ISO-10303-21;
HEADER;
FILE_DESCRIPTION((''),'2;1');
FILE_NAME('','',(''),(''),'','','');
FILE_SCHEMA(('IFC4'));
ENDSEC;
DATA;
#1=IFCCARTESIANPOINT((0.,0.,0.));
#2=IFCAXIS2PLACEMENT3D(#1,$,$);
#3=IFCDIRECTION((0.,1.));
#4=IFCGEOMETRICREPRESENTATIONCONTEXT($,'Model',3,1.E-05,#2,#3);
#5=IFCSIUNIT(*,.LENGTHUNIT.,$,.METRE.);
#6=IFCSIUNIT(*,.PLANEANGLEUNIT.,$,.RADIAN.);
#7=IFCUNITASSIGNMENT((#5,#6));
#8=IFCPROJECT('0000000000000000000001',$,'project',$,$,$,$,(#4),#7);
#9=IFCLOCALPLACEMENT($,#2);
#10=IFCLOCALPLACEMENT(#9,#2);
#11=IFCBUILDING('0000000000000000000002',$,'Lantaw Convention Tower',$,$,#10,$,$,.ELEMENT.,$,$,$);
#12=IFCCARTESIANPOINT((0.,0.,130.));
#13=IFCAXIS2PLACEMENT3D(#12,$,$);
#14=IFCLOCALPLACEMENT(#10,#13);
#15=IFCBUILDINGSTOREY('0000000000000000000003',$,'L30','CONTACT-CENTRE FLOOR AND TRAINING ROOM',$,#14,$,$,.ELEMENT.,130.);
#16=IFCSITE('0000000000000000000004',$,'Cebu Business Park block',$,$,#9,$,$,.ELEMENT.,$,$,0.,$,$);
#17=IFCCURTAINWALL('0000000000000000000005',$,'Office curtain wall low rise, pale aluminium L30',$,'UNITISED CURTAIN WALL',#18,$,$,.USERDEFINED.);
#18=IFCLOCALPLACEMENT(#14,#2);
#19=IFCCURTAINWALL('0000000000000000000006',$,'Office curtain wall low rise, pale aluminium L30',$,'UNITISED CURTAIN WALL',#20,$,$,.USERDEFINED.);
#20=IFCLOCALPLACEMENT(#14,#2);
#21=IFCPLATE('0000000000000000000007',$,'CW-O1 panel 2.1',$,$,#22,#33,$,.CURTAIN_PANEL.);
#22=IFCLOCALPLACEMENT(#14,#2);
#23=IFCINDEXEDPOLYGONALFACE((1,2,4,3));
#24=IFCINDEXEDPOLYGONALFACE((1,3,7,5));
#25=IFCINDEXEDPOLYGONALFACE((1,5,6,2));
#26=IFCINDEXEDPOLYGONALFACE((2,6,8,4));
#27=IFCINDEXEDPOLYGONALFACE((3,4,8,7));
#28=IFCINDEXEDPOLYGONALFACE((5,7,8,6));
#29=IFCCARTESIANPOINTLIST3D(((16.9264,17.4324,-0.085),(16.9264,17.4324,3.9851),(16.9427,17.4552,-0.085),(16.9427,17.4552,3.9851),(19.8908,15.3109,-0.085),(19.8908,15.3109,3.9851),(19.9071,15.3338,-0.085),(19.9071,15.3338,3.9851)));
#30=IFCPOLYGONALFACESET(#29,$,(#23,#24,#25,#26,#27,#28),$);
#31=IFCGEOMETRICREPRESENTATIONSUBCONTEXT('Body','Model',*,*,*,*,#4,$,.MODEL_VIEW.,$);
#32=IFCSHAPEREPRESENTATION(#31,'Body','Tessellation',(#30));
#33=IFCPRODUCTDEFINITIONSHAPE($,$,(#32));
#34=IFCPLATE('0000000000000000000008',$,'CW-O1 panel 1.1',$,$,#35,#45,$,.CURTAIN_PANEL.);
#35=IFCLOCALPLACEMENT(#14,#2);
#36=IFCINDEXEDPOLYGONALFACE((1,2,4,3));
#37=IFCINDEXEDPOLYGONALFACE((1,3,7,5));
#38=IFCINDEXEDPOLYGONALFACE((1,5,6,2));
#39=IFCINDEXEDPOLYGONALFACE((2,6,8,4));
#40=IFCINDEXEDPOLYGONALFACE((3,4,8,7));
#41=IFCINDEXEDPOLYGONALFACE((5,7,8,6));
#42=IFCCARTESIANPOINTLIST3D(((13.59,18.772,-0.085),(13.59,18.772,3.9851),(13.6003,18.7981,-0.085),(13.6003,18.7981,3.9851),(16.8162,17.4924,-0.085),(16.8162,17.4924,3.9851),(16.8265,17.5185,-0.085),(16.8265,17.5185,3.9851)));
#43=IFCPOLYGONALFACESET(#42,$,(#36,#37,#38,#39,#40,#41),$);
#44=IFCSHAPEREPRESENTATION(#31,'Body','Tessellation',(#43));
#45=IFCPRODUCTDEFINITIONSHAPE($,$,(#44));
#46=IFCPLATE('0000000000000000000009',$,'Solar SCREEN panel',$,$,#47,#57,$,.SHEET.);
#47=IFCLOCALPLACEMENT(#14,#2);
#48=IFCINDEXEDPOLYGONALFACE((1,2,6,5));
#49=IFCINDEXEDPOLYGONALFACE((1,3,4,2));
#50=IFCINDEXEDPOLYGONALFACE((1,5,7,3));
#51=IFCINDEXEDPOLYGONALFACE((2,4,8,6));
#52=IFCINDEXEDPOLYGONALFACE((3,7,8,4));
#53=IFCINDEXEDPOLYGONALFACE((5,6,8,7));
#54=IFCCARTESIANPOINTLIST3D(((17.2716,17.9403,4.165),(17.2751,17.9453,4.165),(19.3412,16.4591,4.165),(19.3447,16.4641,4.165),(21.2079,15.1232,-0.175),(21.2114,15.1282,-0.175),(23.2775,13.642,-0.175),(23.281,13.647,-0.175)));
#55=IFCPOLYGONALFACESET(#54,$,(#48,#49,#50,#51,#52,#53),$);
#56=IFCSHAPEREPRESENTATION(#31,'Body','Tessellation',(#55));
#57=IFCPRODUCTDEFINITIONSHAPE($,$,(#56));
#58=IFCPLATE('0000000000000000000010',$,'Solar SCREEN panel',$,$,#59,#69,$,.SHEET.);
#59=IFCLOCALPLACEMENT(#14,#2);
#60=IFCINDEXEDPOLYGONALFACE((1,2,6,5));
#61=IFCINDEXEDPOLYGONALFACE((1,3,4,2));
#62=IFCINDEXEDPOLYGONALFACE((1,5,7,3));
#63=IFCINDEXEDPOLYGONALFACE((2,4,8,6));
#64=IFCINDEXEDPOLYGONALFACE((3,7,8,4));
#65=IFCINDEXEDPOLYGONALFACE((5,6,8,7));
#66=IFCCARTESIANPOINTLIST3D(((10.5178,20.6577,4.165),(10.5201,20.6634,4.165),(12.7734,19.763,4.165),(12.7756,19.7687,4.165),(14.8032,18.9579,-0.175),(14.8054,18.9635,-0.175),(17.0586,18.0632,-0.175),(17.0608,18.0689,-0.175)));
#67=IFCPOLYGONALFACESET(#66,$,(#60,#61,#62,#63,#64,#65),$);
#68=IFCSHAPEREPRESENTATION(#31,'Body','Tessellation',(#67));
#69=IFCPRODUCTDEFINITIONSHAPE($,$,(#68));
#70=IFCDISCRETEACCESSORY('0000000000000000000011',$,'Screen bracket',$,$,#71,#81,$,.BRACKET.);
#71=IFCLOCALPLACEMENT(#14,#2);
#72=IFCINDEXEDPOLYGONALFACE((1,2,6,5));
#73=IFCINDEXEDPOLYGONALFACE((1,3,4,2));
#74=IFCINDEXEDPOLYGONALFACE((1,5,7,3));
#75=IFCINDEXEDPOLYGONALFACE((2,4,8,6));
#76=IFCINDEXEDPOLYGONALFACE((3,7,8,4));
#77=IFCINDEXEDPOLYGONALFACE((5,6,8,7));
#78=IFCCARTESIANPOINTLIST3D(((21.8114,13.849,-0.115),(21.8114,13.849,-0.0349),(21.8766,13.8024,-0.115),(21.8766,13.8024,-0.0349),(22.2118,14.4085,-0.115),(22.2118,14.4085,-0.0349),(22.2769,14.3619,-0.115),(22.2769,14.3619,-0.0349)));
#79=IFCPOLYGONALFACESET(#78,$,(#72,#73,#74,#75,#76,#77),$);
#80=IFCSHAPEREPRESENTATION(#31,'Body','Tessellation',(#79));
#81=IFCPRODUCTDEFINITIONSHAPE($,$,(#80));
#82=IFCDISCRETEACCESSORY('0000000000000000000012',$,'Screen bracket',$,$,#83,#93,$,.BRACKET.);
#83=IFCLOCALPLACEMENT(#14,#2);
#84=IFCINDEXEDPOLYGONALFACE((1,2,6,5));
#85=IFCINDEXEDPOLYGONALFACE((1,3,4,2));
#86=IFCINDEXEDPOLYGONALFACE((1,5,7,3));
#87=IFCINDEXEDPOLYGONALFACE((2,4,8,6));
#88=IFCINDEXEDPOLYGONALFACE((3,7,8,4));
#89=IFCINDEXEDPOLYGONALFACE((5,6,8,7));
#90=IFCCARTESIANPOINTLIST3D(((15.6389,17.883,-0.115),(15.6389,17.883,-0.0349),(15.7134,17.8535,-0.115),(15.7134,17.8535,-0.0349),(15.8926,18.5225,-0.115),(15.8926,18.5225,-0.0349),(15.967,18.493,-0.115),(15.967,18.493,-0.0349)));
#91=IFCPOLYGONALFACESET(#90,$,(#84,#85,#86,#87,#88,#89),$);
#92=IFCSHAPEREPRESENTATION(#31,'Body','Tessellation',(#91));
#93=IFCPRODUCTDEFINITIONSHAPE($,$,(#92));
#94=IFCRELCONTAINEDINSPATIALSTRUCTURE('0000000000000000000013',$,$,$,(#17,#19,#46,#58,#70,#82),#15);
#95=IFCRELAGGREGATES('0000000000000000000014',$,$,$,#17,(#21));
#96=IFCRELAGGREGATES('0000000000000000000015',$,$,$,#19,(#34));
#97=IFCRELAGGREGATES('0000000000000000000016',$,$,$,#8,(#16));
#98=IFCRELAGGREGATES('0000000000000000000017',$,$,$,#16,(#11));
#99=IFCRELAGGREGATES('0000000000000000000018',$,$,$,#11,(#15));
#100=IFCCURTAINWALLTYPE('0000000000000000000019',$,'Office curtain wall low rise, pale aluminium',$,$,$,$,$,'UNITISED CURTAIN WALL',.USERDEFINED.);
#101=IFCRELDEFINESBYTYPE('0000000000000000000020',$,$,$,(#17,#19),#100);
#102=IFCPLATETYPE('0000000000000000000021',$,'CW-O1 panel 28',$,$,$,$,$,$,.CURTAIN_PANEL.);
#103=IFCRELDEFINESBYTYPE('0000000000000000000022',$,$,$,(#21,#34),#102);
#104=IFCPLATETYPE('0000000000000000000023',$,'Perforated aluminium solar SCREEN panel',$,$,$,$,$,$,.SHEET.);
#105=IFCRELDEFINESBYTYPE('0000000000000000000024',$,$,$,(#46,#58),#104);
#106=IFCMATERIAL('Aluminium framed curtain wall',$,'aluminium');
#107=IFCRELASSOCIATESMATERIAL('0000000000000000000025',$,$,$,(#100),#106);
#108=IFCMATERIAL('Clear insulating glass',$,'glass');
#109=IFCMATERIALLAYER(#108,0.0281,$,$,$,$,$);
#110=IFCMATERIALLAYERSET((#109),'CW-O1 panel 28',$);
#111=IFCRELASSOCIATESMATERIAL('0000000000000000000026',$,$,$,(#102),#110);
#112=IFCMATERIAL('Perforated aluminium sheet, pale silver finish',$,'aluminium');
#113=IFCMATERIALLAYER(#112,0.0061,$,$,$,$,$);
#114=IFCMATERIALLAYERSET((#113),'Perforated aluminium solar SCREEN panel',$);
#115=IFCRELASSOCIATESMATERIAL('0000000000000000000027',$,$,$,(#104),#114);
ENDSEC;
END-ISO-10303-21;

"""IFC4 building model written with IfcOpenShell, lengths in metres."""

from ifc_helpers import new_model, si_unit, direction, frame, origin, origin_2d, place, context, subcontext, project, spatial, polyline, rectangle, outline, extrude, material, layer, layer_set, type_object, element, aggregate, save


model = new_model("IFC4")

# Units and contexts
model_context = context("Model", 3, precision=1e-05, world=origin(), true_north=direction((0.0, 1.0)))
body_context = subcontext(model_context, "Body", "Model", "MODEL_VIEW")
ifc_project = project(units=[si_unit("LENGTHUNIT", "METRE"), si_unit("PLANEANGLEUNIT", "RADIAN")], contexts=[model_context])

# Site, building, storey
site_placement = place(None, origin())
site = spatial("IfcSite", under=ifc_project, at=site_placement, Name="Cebu Business Park block", CompositionType="ELEMENT", RefElevation=0.0)
building_placement = place(site_placement, origin())
building = spatial("IfcBuilding", under=site, at=building_placement, Name="Lantaw Convention Tower", CompositionType="ELEMENT")
storey_placement = place(building_placement, frame((0.0, 0.0, 130.0)))
storey = spatial("IfcBuildingStorey", under=building, at=storey_placement, Name="L30", Description="CONTACT-CENTRE FLOOR AND TRAINING ROOM", CompositionType="ELEMENT", Elevation=130.0)

# Curtain wall
ifc_material_1 = material(Name="Aluminium framed curtain wall", Category="aluminium")
curtain_wall_type = type_object("IfcCurtainWallType", Name="Office curtain wall low rise, pale aluminium", ElementType="UNITISED CURTAIN WALL", PredefinedType="USERDEFINED", material=ifc_material_1)
curtain_wall_1_placement = place(storey_placement, origin())
curtain_wall_1 = element("IfcCurtainWall", 1, at=curtain_wall_1_placement, inside=storey, type_object=curtain_wall_type, Name="Office curtain wall low rise, pale aluminium L30", ObjectType="UNITISED CURTAIN WALL", PredefinedType="USERDEFINED")

# Curtain wall
curtain_wall_2_placement = place(storey_placement, origin())
curtain_wall_2 = element("IfcCurtainWall", 2, at=curtain_wall_2_placement, inside=storey, type_object=curtain_wall_type, Name="Office curtain wall low rise, pale aluminium L30", ObjectType="UNITISED CURTAIN WALL", PredefinedType="USERDEFINED")

# Plates
ifc_material_2 = material(Name="Clear insulating glass", Category="glass")
ifc_layer_1 = layer(ifc_material_2, 0.0281)
ifc_layer_set_1 = layer_set([ifc_layer_1], Name="CW-O1 panel 28")
plate_type_1 = type_object("IfcPlateType", Name="CW-O1 panel 28", PredefinedType="CURTAIN_PANEL", material=ifc_layer_set_1)
plate_1_placement = place(storey_placement, frame((18.4167, 16.3831, -0.085), z_axis=(0.0, 0.0, 1.0), x_axis=(-0.813208, 0.581973, 0.0)))
plate_1 = element("IfcPlate", 3, at=plate_1_placement, type_object=plate_type_1, Name="CW-O1 panel 2.1", PredefinedType="CURTAIN_PANEL", context=body_context, shape_type="SweptSolid", body=[
    extrude(rectangle(XDim=3.6453, YDim=0.0281, at=origin_2d()), origin(), (0.0, 0.0, 1.0), 4.0701),
])
aggregate(curtain_wall_1, [plate_1])
plate_2_placement = place(storey_placement, frame((15.2083, 18.1453, -0.085), z_axis=(0.0, 0.0, 1.0), x_axis=(-0.929548, 0.368702, 0.0)))
plate_2 = element("IfcPlate", 4, at=plate_2_placement, type_object=plate_type_1, Name="CW-O1 panel 1.1", PredefinedType="CURTAIN_PANEL", context=body_context, shape_type="SweptSolid", body=[
    extrude(rectangle(XDim=3.4707, YDim=0.0281, at=origin_2d()), origin(), (0.0, 0.0, 1.0), 4.0701),
])
aggregate(curtain_wall_2, [plate_2])

# Plates
ifc_material_3 = material(Name="Perforated aluminium sheet, pale silver finish", Category="aluminium")
ifc_layer_2 = layer(ifc_material_3, 0.0061)
ifc_layer_set_2 = layer_set([ifc_layer_2], Name="Perforated aluminium solar SCREEN panel")
plate_type_2 = type_object("IfcPlateType", Name="Perforated aluminium solar SCREEN panel", PredefinedType="SHEET", material=ifc_layer_set_2)
plate_3_placement = place(storey_placement, frame((23.281, 13.647, -0.175), z_axis=(0.582, 0.813189, 0.000012), x_axis=(-0.813189, 0.582, 0.0)))
element("IfcPlate", 5, at=plate_3_placement, inside=storey, type_object=plate_type_2, Name="Solar SCREEN panel", PredefinedType="SHEET", context=body_context, shape_type="SweptSolid", body=[
    extrude(outline(polyline([(0.0, 0.0), (2.545, 0.0), (7.3855, 4.3401), (4.8405, 4.3401), (0.0, 0.0)])), origin(), (0.0, 0.0, -1.0), 0.0061),
])
plate_4_placement = place(storey_placement, frame((17.0586, 18.0632, -0.175), z_axis=(-0.368709, -0.929545, 0.000011), x_axis=(-0.929545, 0.368709, 0.0)))
element("IfcPlate", 6, at=plate_4_placement, inside=storey, type_object=plate_type_2, Name="Solar SCREEN panel", PredefinedType="SHEET", context=body_context, shape_type="SweptSolid", body=[
    extrude(outline(polyline([(0.0, 0.0), (2.4264, 0.0), (7.0365, -4.3401), (4.61, -4.3401), (0.0, 0.0)])), origin(), (0.0, 0.0, -1.0), 0.0061),
])

# Discrete accessories
for number, where, z_axis, x_axis, name in (
    (7, (22.0442, 14.1055, -0.115), (0.0, 0.0, 1.0), (-0.813208, 0.581973, 0.0), "Screen bracket"),
    (8, (15.803, 18.188, -0.115), (0.0, 0.0, 1.0), (-0.929548, 0.368702, 0.0), "Screen bracket"),
):
    element("IfcDiscreteAccessory", number, at=place(storey_placement, frame(where, z_axis=z_axis, x_axis=x_axis)), inside=storey, Name=name, PredefinedType="BRACKET", context=body_context, shape_type="SweptSolid", body=[
        extrude(rectangle(XDim=0.0801, YDim=0.688, at=origin_2d()), origin(), (0.0, 0.0, 1.0), 0.0801),
    ])

save(model, "model.ifc")
